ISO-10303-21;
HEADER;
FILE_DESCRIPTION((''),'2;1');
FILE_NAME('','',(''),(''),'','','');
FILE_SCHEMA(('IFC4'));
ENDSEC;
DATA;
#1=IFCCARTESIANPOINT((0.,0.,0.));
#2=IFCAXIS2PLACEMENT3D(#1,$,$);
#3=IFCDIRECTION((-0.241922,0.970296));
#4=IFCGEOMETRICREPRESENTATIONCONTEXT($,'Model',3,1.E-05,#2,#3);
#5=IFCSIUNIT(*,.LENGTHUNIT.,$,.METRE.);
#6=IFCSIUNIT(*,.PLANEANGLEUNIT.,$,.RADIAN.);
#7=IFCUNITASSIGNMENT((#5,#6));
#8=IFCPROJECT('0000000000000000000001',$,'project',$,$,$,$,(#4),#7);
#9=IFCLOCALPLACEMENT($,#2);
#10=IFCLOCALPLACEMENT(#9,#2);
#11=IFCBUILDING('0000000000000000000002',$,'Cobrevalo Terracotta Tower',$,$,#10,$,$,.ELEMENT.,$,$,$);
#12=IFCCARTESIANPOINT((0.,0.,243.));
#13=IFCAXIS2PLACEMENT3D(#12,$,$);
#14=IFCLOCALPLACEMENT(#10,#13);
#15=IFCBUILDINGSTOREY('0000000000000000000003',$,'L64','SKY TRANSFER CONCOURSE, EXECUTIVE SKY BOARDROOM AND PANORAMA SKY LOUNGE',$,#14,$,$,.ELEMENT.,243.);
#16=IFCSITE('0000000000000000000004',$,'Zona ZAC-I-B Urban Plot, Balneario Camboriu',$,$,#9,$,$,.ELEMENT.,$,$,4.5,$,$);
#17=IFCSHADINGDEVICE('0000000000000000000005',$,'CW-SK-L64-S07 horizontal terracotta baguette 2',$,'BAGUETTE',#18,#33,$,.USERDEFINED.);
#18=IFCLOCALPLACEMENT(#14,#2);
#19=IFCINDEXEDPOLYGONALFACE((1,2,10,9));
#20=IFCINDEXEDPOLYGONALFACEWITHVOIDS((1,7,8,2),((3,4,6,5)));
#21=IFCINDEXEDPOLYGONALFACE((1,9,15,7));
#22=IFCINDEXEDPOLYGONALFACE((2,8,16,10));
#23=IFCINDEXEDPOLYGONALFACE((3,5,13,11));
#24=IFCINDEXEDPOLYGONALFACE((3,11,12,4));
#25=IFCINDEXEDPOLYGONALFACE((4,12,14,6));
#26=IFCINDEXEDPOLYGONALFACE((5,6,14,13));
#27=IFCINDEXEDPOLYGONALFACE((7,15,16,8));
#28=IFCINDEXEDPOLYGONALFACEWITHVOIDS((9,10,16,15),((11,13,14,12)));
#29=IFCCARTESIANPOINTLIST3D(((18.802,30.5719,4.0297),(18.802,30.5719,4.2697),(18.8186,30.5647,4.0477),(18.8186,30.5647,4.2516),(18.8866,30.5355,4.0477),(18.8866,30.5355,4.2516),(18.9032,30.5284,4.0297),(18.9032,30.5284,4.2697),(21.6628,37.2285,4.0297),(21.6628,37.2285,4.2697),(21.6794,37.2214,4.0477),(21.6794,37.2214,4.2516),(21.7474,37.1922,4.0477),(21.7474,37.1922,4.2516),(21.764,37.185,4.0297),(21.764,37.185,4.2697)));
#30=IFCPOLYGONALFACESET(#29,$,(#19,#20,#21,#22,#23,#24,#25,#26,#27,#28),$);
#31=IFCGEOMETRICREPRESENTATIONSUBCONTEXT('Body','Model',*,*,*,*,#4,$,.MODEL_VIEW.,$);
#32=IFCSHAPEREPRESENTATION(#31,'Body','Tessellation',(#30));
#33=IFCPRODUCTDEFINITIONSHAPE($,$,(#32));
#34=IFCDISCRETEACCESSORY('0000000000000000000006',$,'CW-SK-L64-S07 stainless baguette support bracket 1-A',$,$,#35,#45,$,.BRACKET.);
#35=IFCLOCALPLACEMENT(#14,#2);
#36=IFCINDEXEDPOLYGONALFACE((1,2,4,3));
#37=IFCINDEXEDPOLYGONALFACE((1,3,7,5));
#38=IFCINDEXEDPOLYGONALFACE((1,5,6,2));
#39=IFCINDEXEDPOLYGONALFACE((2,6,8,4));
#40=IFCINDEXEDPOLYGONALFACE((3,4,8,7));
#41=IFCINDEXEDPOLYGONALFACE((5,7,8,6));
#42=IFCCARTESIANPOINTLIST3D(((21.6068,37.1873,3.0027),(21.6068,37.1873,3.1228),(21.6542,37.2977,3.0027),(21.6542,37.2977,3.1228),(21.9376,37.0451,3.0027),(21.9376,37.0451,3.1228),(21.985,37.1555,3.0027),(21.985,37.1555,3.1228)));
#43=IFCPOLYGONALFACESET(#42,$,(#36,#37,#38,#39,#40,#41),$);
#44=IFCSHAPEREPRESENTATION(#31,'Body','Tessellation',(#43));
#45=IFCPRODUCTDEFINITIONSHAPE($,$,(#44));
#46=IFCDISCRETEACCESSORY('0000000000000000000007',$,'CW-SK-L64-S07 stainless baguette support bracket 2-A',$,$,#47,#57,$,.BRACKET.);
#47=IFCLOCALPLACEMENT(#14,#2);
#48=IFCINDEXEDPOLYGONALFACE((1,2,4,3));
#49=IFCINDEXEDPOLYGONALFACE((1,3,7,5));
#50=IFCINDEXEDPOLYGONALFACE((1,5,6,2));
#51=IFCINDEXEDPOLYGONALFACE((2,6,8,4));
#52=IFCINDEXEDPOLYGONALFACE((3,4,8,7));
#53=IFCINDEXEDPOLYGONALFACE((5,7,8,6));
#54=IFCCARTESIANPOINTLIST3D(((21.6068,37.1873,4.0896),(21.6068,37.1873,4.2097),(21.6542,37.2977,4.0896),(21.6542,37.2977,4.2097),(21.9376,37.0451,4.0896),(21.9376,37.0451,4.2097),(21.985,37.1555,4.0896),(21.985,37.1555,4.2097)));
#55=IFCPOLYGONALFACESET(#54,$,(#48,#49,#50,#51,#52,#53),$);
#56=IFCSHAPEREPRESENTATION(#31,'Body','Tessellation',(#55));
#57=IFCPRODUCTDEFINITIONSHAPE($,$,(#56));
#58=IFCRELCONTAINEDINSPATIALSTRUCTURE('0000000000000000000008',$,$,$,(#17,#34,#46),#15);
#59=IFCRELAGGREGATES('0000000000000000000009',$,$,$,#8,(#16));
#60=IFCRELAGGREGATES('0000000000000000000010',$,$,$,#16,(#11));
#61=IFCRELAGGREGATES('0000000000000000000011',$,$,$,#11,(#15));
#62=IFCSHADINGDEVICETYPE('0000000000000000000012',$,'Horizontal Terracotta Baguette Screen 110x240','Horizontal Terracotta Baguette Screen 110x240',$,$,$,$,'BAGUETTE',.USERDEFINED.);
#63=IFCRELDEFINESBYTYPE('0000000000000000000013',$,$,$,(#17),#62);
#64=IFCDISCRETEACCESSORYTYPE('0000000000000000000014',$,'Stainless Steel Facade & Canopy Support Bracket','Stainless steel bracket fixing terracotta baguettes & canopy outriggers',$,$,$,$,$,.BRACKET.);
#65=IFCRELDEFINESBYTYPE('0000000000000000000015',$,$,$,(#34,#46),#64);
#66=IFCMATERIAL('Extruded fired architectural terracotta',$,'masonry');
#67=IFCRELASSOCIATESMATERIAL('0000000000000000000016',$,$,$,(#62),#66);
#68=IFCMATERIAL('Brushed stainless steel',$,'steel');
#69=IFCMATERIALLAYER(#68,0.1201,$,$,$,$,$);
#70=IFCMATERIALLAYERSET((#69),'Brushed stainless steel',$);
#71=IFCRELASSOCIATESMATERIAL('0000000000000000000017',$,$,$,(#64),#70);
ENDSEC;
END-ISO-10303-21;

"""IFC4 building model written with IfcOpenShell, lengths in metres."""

from ifc_helpers import new_model, si_unit, direction, frame, origin, origin_2d, place, context, subcontext, project, spatial, rectangle, hollow_rectangle, extrude, source, transform, mapped, material, layer, layer_set, material_profile, profile_set, type_object, element, save


model = new_model("IFC4")

# Units and contexts
model_context = context("Model", 3, precision=1e-05, world=origin(), true_north=direction((-0.241922, 0.970296)))
body_context = subcontext(model_context, "Body", "Model", "MODEL_VIEW")
ifc_project = project(units=[si_unit("LENGTHUNIT", "METRE"), si_unit("PLANEANGLEUNIT", "RADIAN")], contexts=[model_context])

# Site, building, storey
site_placement = place(None, origin())
site = spatial("IfcSite", under=ifc_project, at=site_placement, Name="Zona ZAC-I-B Urban Plot, Balneario Camboriu", CompositionType="ELEMENT", RefElevation=4.5)
building_placement = place(site_placement, origin())
building = spatial("IfcBuilding", under=site, at=building_placement, Name="Cobrevalo Terracotta Tower", CompositionType="ELEMENT")
storey_placement = place(building_placement, frame((0.0, 0.0, 243.0)))
storey = spatial("IfcBuildingStorey", under=building, at=storey_placement, Name="L64", Description="SKY TRANSFER CONCOURSE, EXECUTIVE SKY BOARDROOM AND PANORAMA SKY LOUNGE", CompositionType="ELEMENT", Elevation=243.0)

# Shading device
ifc_material_1 = material(Name="Extruded fired architectural terracotta", Category="masonry")
ifc_material_profile_1 = material_profile(ifc_material_1, hollow_rectangle(XDim=0.1101, YDim=0.24, WallThickness=0.0181, at=origin_2d()), Name="BAGUETTE 110x240")
ifc_profile_set_1 = profile_set([ifc_material_profile_1], Name="Extruded fired architectural terracotta")
shading_device_type = type_object("IfcShadingDeviceType", Name="Horizontal Terracotta Baguette Screen 110x240", Description="Horizontal Terracotta Baguette Screen 110x240", ElementType="BAGUETTE", PredefinedType="USERDEFINED", material=ifc_profile_set_1)
shared_shape_1 = source(origin(), body_context, "Body", "SweptSolid", [
    extrude(hollow_rectangle(XDim=0.1101, YDim=0.24, WallThickness=0.0181, at=origin_2d()), origin(), (0.0, 0.0, 1.0), 7.2454),
])
for number, where, z_axis, x_axis, name in (
    (1, (21.7134, 37.2068, 4.1497), (-0.394846, -0.918747, 0.0), (0.918747, -0.394846, 0.0), "CW-SK-L64-S07 horizontal terracotta baguette 2"),
):
    element("IfcShadingDevice", number, at=place(storey_placement, frame(where, z_axis=z_axis, x_axis=x_axis)), inside=storey, type_object=shading_device_type, Name=name, ObjectType="BAGUETTE", PredefinedType="USERDEFINED", context=body_context, shape_type="MappedRepresentation", body=[
        mapped(shared_shape_1, transform((0.0, 0.0, 0.0), scale=1.0)),
    ])

# Discrete accessories
ifc_material_2 = material(Name="Brushed stainless steel", Category="steel")
ifc_layer_1 = layer(ifc_material_2, 0.1201)
ifc_layer_set_1 = layer_set([ifc_layer_1], Name="Brushed stainless steel")
discrete_accessory_type = type_object("IfcDiscreteAccessoryType", Name="Stainless Steel Facade & Canopy Support Bracket", Description="Stainless steel bracket fixing terracotta baguettes & canopy outriggers", PredefinedType="BRACKET", material=ifc_layer_set_1)
shared_shape_2 = source(origin(), body_context, "Body", "SweptSolid", [
    extrude(rectangle(XDim=0.1201, YDim=0.3601, at=origin_2d()), origin(), (0.0, 0.0, 1.0), 0.1201),
])
for number, where, z_axis, x_axis, name in (
    (2, (21.7959, 37.1714, 3.0027), (0.0, 0.0, 1.0), (-0.394829, -0.918755, 0.0), "CW-SK-L64-S07 stainless baguette support bracket 1-A"),
    (3, (21.7959, 37.1714, 4.0896), (0.0, 0.0, 1.0), (-0.394829, -0.918755, 0.0), "CW-SK-L64-S07 stainless baguette support bracket 2-A"),
):
    element("IfcDiscreteAccessory", number, at=place(storey_placement, frame(where, z_axis=z_axis, x_axis=x_axis)), inside=storey, type_object=discrete_accessory_type, Name=name, PredefinedType="BRACKET", context=body_context, shape_type="MappedRepresentation", body=[
        mapped(shared_shape_2, transform((0.0, 0.0, 0.0), scale=1.0)),
    ])

save(model, "model.ifc")
